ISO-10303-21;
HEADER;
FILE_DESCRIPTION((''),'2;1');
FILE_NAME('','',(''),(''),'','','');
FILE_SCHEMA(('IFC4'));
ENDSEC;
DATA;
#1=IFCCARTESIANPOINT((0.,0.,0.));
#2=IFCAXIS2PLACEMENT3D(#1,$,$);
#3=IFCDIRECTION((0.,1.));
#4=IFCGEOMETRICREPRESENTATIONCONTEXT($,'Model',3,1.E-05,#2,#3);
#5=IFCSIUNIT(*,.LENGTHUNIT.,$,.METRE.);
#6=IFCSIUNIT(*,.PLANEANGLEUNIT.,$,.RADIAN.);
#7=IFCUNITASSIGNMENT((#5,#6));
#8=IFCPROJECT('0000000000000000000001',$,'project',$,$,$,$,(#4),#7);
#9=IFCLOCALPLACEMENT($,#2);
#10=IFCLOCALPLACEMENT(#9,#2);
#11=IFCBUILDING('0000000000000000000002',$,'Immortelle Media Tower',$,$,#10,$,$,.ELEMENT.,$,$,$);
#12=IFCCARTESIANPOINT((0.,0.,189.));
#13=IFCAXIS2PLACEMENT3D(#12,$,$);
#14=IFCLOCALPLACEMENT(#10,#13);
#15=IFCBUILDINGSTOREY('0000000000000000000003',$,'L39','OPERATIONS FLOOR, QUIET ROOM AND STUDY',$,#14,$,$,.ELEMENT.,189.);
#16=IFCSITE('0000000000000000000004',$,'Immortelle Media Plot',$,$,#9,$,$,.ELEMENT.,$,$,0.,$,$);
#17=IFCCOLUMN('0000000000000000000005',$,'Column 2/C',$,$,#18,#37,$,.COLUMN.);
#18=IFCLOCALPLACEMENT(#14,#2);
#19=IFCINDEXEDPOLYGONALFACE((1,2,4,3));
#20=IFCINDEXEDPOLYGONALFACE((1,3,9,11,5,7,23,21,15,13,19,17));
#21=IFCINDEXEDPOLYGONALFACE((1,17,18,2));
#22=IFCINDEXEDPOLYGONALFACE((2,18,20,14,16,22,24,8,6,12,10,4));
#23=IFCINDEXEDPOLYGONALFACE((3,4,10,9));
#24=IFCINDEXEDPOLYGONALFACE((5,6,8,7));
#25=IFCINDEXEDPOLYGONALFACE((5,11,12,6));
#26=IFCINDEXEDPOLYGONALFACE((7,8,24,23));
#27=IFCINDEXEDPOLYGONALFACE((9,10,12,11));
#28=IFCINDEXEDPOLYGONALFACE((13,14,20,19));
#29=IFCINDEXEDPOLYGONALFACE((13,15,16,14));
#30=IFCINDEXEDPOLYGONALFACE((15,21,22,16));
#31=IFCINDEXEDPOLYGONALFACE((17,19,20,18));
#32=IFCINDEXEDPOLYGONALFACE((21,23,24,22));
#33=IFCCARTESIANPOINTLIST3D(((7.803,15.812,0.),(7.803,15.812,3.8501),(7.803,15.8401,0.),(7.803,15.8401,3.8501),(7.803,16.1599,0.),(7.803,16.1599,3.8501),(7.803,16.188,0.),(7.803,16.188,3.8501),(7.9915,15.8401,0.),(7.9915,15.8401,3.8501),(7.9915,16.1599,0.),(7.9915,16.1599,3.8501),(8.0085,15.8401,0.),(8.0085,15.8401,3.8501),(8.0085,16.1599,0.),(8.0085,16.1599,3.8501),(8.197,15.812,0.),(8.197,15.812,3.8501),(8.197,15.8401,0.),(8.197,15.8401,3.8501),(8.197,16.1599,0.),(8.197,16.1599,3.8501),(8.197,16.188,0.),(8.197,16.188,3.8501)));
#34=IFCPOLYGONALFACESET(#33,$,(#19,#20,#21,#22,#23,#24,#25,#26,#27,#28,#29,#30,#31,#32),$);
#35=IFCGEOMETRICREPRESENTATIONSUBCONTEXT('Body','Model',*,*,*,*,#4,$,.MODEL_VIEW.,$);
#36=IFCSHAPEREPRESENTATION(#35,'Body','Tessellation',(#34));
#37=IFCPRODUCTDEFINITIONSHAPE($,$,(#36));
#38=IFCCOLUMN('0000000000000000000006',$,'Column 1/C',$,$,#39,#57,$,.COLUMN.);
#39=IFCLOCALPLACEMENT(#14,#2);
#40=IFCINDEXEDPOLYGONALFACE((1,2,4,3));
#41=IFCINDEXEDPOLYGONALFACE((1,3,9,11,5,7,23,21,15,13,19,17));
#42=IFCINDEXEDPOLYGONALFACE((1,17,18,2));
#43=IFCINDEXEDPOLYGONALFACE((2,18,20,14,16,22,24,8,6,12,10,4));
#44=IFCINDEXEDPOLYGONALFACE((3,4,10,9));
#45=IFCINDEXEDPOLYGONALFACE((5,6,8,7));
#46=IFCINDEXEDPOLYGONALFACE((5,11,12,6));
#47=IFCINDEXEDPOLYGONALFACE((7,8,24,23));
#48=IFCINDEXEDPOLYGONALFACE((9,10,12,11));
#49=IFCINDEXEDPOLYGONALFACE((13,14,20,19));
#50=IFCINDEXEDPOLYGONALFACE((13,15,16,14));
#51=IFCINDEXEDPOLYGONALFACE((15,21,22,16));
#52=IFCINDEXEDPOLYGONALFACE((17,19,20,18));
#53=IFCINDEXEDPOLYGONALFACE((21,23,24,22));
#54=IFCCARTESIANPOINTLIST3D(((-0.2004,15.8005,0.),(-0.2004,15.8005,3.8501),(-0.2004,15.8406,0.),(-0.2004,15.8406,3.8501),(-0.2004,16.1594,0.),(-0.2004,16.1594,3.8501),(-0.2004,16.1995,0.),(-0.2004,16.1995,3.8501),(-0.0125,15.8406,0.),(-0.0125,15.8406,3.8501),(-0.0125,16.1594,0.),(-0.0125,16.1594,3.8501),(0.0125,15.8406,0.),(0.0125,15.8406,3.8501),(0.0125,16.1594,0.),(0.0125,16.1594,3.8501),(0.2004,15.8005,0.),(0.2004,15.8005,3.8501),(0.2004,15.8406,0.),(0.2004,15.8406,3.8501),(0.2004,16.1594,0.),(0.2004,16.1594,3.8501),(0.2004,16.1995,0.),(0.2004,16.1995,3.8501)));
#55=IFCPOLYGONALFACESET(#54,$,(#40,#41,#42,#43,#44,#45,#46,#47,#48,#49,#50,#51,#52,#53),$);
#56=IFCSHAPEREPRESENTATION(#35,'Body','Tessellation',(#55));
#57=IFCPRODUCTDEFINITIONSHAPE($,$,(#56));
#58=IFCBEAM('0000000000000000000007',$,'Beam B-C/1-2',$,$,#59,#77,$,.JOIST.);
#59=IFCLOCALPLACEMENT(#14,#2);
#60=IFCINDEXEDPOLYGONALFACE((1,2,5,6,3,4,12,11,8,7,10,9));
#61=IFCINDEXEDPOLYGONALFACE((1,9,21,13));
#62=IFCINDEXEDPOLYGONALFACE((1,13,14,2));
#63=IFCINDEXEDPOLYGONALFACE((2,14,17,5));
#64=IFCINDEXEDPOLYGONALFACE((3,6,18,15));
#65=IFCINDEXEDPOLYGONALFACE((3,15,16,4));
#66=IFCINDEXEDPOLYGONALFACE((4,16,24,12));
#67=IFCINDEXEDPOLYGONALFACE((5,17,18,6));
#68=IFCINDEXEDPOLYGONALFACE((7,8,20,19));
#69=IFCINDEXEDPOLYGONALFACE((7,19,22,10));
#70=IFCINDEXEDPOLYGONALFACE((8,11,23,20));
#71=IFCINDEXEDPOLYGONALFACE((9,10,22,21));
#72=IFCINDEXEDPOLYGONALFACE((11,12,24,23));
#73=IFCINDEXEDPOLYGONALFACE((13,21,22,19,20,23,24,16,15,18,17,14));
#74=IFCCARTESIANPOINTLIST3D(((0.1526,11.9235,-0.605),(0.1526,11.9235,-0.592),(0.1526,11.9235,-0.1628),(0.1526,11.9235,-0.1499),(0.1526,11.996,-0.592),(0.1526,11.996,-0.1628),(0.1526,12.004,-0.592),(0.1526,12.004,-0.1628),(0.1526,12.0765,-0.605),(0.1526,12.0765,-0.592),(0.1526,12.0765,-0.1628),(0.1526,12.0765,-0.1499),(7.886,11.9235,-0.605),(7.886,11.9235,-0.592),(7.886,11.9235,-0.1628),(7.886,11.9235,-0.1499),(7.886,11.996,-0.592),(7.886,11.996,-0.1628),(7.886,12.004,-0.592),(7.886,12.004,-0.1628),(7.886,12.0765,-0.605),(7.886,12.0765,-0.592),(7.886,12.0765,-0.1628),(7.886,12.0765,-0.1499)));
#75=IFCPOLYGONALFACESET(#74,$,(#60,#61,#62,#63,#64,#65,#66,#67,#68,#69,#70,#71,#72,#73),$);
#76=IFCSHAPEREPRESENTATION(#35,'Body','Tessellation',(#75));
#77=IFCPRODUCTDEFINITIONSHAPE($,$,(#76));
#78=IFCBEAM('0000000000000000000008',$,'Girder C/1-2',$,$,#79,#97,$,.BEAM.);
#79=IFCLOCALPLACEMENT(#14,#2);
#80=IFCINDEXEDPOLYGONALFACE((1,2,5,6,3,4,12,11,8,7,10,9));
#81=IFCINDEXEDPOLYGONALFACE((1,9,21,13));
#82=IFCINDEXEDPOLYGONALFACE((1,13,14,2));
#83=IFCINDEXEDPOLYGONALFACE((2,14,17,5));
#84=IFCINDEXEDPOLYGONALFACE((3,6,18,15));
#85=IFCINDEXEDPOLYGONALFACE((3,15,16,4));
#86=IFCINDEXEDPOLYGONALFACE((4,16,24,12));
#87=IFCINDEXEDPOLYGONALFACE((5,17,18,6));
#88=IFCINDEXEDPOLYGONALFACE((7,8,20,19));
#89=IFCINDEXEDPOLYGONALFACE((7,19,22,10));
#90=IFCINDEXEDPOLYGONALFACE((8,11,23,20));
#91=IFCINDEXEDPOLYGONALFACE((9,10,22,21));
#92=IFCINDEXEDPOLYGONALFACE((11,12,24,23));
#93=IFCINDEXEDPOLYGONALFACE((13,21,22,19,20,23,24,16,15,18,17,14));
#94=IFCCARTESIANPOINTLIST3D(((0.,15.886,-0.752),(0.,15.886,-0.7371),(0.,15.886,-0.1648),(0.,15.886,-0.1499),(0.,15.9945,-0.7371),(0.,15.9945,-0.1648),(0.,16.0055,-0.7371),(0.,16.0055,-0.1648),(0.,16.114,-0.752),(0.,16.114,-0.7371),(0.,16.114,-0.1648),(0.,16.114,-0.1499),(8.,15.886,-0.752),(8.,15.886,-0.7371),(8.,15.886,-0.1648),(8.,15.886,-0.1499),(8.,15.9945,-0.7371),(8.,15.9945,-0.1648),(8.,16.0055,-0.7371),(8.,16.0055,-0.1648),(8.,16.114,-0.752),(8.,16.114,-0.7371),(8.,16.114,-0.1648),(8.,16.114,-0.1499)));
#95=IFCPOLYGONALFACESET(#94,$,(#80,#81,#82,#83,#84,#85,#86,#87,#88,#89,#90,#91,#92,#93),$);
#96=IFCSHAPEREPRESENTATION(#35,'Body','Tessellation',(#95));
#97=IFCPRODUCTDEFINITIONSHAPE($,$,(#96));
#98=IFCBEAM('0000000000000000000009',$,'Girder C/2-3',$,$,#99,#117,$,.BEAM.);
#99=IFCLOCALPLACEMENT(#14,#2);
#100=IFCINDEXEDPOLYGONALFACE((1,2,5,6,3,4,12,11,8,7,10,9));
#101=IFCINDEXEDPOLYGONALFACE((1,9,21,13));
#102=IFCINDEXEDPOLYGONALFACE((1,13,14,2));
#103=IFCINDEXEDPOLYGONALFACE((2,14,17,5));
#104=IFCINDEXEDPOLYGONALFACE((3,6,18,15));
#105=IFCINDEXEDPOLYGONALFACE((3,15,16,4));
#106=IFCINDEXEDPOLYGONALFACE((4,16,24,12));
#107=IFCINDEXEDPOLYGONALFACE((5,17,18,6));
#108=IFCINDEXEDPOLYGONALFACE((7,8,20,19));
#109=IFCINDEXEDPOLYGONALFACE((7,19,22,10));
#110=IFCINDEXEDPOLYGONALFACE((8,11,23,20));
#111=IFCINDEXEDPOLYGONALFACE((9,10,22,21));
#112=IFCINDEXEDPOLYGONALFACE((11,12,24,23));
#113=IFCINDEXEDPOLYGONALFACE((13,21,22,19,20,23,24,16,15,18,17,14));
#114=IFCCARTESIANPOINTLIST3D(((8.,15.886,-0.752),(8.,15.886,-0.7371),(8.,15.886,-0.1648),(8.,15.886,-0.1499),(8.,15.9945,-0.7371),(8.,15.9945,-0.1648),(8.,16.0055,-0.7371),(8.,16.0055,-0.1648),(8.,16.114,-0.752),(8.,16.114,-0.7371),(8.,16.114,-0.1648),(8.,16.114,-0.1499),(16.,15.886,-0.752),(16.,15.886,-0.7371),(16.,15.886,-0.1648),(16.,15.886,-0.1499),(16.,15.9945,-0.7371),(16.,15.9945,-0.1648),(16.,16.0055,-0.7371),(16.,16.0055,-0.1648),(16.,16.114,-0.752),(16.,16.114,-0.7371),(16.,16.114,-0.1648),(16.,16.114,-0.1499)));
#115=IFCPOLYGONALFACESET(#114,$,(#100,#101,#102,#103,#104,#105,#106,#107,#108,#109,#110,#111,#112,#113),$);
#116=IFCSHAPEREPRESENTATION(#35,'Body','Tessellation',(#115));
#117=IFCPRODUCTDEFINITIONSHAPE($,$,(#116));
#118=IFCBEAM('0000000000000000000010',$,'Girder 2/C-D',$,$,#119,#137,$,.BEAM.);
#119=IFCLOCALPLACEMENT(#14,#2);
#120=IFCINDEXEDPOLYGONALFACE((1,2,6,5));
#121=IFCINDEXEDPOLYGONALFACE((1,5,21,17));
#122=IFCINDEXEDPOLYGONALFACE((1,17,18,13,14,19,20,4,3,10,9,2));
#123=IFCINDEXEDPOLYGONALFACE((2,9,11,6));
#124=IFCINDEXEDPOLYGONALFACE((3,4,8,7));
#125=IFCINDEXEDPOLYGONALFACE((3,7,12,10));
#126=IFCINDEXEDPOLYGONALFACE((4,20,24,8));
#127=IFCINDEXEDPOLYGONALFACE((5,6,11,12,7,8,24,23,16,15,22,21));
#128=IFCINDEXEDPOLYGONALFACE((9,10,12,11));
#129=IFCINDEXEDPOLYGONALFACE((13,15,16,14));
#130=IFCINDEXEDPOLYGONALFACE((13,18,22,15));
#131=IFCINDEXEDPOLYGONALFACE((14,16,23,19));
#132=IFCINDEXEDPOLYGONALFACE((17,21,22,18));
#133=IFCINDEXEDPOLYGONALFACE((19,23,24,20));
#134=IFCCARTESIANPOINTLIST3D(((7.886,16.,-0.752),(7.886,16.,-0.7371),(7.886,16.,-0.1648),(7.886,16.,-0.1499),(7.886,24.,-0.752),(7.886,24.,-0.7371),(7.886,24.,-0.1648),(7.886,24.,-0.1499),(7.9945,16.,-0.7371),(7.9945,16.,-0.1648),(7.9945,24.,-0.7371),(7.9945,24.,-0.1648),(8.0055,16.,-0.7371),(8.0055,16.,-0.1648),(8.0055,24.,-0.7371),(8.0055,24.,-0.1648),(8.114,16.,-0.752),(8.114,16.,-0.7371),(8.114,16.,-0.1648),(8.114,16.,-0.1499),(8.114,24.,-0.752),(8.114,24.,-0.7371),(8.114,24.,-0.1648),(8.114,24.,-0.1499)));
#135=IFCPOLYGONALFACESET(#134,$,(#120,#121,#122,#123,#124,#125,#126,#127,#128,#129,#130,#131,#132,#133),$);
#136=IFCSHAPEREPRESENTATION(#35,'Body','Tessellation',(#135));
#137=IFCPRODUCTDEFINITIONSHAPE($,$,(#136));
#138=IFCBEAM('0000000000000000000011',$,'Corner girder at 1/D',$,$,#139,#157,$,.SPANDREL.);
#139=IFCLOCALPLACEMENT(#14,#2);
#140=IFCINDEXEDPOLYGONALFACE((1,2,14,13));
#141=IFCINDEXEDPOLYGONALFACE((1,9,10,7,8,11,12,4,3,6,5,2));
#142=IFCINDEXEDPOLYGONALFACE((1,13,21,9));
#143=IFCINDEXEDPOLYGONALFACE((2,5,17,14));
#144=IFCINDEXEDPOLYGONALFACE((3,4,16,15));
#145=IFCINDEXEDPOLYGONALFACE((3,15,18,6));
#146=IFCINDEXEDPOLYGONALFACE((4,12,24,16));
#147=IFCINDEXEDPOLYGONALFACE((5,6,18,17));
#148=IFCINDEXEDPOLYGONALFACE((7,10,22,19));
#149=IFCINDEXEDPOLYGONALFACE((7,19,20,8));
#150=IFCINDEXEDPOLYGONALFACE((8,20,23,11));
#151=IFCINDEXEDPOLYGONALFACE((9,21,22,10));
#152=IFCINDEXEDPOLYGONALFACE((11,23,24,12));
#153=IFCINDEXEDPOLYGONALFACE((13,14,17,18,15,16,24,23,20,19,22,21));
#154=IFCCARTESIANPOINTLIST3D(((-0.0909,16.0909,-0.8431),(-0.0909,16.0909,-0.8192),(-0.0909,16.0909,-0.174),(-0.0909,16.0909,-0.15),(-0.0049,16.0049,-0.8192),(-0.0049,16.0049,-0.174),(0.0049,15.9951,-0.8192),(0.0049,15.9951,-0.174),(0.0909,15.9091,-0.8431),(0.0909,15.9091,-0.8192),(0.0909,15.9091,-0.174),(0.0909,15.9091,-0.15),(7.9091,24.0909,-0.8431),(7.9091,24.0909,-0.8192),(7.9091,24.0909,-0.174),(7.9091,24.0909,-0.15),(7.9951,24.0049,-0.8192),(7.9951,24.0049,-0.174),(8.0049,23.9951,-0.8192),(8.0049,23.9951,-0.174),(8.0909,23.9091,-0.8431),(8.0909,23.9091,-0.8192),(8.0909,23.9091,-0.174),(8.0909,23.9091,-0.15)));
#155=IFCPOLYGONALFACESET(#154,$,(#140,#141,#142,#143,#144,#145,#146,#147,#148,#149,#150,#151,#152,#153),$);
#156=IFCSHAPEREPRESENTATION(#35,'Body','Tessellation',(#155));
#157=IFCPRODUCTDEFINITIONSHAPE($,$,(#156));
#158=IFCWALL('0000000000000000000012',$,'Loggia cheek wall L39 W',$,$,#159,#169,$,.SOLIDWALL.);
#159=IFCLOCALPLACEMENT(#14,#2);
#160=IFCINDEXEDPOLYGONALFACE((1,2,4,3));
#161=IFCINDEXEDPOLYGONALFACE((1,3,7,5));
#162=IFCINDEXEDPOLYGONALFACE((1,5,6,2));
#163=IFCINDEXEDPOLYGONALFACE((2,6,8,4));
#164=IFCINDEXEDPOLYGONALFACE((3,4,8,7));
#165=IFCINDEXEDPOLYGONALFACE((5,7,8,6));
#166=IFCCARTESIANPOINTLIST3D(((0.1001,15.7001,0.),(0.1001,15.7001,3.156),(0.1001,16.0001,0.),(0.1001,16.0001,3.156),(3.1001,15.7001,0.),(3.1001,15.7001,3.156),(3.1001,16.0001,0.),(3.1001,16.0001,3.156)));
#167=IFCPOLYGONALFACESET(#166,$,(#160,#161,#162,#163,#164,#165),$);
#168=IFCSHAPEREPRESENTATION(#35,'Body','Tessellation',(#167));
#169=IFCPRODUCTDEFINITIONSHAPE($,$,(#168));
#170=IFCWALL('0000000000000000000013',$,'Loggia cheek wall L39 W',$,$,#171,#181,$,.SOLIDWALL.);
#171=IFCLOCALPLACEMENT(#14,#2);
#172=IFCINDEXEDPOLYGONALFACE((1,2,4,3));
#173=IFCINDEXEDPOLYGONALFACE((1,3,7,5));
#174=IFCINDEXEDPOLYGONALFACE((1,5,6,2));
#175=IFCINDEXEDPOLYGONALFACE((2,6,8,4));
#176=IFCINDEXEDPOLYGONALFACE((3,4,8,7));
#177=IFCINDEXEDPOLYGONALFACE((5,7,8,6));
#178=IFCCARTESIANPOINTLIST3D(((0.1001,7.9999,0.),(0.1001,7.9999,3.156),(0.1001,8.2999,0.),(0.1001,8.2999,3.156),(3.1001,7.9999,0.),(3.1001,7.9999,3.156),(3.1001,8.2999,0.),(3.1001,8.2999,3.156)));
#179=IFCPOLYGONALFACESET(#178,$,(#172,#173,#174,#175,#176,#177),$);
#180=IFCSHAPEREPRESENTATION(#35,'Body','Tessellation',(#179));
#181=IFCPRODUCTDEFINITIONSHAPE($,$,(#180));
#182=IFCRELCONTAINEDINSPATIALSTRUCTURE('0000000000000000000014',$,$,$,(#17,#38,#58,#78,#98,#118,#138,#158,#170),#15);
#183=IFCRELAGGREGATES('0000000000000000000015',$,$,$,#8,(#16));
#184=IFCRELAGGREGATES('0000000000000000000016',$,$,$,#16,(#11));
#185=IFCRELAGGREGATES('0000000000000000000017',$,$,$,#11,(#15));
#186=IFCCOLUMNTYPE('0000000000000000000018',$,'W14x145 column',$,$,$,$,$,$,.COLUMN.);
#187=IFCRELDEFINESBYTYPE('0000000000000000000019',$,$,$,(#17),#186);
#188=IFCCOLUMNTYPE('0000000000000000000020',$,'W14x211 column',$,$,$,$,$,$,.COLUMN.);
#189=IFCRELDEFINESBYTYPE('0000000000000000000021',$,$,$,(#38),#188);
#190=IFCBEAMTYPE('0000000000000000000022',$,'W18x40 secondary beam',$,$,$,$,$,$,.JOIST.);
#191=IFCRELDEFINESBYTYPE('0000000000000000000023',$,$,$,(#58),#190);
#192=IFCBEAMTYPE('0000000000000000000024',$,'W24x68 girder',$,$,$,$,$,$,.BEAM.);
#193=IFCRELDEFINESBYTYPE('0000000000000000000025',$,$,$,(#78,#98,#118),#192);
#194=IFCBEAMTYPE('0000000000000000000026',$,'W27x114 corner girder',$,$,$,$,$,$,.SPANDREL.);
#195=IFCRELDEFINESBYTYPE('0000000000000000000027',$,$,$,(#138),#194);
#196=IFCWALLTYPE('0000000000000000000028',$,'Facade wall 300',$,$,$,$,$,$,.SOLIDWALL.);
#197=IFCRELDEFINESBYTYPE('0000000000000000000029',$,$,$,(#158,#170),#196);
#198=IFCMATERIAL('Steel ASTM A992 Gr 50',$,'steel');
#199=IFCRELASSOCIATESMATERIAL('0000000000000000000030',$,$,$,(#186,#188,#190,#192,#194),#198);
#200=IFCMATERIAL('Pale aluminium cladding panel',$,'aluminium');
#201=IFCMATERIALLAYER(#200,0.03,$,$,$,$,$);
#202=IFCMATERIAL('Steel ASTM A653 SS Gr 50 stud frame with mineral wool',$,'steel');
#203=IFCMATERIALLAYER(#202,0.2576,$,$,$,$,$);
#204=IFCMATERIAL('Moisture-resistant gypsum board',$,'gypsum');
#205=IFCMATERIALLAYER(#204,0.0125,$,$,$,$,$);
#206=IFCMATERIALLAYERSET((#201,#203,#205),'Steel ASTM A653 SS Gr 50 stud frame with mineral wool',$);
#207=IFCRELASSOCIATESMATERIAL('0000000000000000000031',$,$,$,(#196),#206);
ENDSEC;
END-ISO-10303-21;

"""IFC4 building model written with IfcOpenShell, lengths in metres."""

from ifc_helpers import new_model, si_unit, direction, frame, frame_2d, origin, origin_2d, place, context, subcontext, project, spatial, rectangle, i_section, extrude, material, layer, layer_set, material_profile, profile_set, type_object, element, save


model = new_model("IFC4")

# Units and contexts
model_context = context("Model", 3, precision=1e-05, world=origin(), true_north=direction((0.0, 1.0)))
body_context = subcontext(model_context, "Body", "Model", "MODEL_VIEW")
ifc_project = project(units=[si_unit("LENGTHUNIT", "METRE"), si_unit("PLANEANGLEUNIT", "RADIAN")], contexts=[model_context])

# Site, building, storey
site_placement = place(None, origin())
site = spatial("IfcSite", under=ifc_project, at=site_placement, Name="Immortelle Media Plot", CompositionType="ELEMENT", RefElevation=0.0)
building_placement = place(site_placement, origin())
building = spatial("IfcBuilding", under=site, at=building_placement, Name="Immortelle Media Tower", CompositionType="ELEMENT")
storey_placement = place(building_placement, frame((0.0, 0.0, 189.0)))
storey = spatial("IfcBuildingStorey", under=building, at=storey_placement, Name="L39", Description="OPERATIONS FLOOR, QUIET ROOM AND STUDY", CompositionType="ELEMENT", Elevation=189.0)

# Columns
ifc_material_1 = material(Name="Steel ASTM A992 Gr 50", Category="steel")
ifc_material_profile_1 = material_profile(ifc_material_1, i_section(OverallWidth=0.394, OverallDepth=0.376, WebThickness=0.0171, FlangeThickness=0.0281, at=origin_2d()), Name="W14x145")
ifc_profile_set_1 = profile_set([ifc_material_profile_1], Name="Steel ASTM A992 Gr 50")
column_type_1 = type_object("IfcColumnType", Name="W14x145 column", PredefinedType="COLUMN", material=ifc_profile_set_1)
column_1_placement = place(storey_placement, frame((8.0, 16.0, 0.0), z_axis=(0.0, 0.0, 1.0), x_axis=(1.0, 0.0, 0.0)))
element("IfcColumn", 1, at=column_1_placement, inside=storey, type_object=column_type_1, Name="Column 2/C", PredefinedType="COLUMN", context=body_context, shape_type="SweptSolid", body=[
    extrude(i_section(OverallWidth=0.394, OverallDepth=0.376, WebThickness=0.0171, FlangeThickness=0.0281, at=origin_2d()), origin(), (0.0, 0.0, 1.0), 3.8501),
])
ifc_material_profile_2 = material_profile(ifc_material_1, i_section(OverallWidth=0.4009, OverallDepth=0.3989, WebThickness=0.0249, FlangeThickness=0.04, at=origin_2d()), Name="W14x211")
ifc_profile_set_2 = profile_set([ifc_material_profile_2], Name="Steel ASTM A992 Gr 50")
column_type_2 = type_object("IfcColumnType", Name="W14x211 column", PredefinedType="COLUMN", material=ifc_profile_set_2)
column_2_placement = place(storey_placement, frame((0.0, 16.0, 0.0), z_axis=(0.0, 0.0, 1.0), x_axis=(1.0, 0.0, 0.0)))
element("IfcColumn", 2, at=column_2_placement, inside=storey, type_object=column_type_2, Name="Column 1/C", PredefinedType="COLUMN", context=body_context, shape_type="SweptSolid", body=[
    extrude(i_section(OverallWidth=0.4009, OverallDepth=0.3989, WebThickness=0.0249, FlangeThickness=0.04, at=origin_2d()), origin(), (0.0, 0.0, 1.0), 3.8501),
])

# Beams
ifc_material_profile_3 = material_profile(ifc_material_1, i_section(OverallWidth=0.1531, OverallDepth=0.4551, WebThickness=0.0081, FlangeThickness=0.0129, at=origin_2d()), Name="W18x40")
ifc_profile_set_3 = profile_set([ifc_material_profile_3], Name="Steel ASTM A992 Gr 50")
beam_type_1 = type_object("IfcBeamType", Name="W18x40 secondary beam", PredefinedType="JOIST", material=ifc_profile_set_3)
beam_1_placement = place(storey_placement, frame((0.1526, 12.0, -0.3774), z_axis=(1.0, 0.0, 0.0), x_axis=(0.0, 1.0, 0.0)))
element("IfcBeam", 3, at=beam_1_placement, inside=storey, type_object=beam_type_1, Name="Beam B-C/1-2", PredefinedType="JOIST", context=body_context, shape_type="SweptSolid", body=[
    extrude(i_section(OverallWidth=0.1531, OverallDepth=0.4551, WebThickness=0.0081, FlangeThickness=0.0129, at=origin_2d()), origin(), (0.0, 0.0, 1.0), 7.7334),
])
ifc_material_profile_4 = material_profile(ifc_material_1, i_section(OverallWidth=0.228, OverallDepth=0.6021, WebThickness=0.011, FlangeThickness=0.0149, at=origin_2d()), Name="W24x68")
ifc_profile_set_4 = profile_set([ifc_material_profile_4], Name="Steel ASTM A992 Gr 50")
beam_type_2 = type_object("IfcBeamType", Name="W24x68 girder", PredefinedType="BEAM", material=ifc_profile_set_4)
for number, where, z_axis, x_axis, name in (
    (4, (0.0, 16.0, -0.4509), (1.0, 0.0, 0.0), (0.0, 1.0, 0.0), "Girder C/1-2"),
    (5, (8.0, 16.0, -0.4509), (1.0, 0.0, 0.0), (0.0, 1.0, 0.0), "Girder C/2-3"),
    (6, (8.0, 16.0, -0.4509), (0.0, 1.0, 0.0), (-1.0, 0.0, 0.0), "Girder 2/C-D"),
):
    element("IfcBeam", number, at=place(storey_placement, frame(where, z_axis=z_axis, x_axis=x_axis)), inside=storey, type_object=beam_type_2, Name=name, PredefinedType="BEAM", context=body_context, shape_type="SweptSolid", body=[
        extrude(i_section(OverallWidth=0.228, OverallDepth=0.6021, WebThickness=0.011, FlangeThickness=0.0149, at=origin_2d()), origin(), (0.0, 0.0, 1.0), 8.0),
    ])
ifc_material_profile_5 = material_profile(ifc_material_1, i_section(OverallWidth=0.2571, OverallDepth=0.6931, WebThickness=0.0139, FlangeThickness=0.0239, at=origin_2d()), Name="W27x114")
ifc_profile_set_5 = profile_set([ifc_material_profile_5], Name="Steel ASTM A992 Gr 50")
beam_type_3 = type_object("IfcBeamType", Name="W27x114 corner girder", PredefinedType="SPANDREL", material=ifc_profile_set_5)
beam_2_placement = place(storey_placement, frame((0.0, 16.0, -0.4966), z_axis=(0.707107, 0.707107, 0.0), x_axis=(-0.707107, 0.707107, 0.0)))
element("IfcBeam", 7, at=beam_2_placement, inside=storey, type_object=beam_type_3, Name="Corner girder at 1/D", PredefinedType="SPANDREL", context=body_context, shape_type="SweptSolid", body=[
    extrude(i_section(OverallWidth=0.2571, OverallDepth=0.6931, WebThickness=0.0139, FlangeThickness=0.0239, at=origin_2d()), origin(), (0.0, 0.0, 1.0), 11.3137),
])

# Shared definitions
ifc_material_2 = material(Name="Pale aluminium cladding panel", Category="aluminium")
ifc_layer_1 = layer(ifc_material_2, 0.03)
ifc_material_3 = material(Name="Steel ASTM A653 SS Gr 50 stud frame with mineral wool", Category="steel")
ifc_layer_2 = layer(ifc_material_3, 0.2576)
ifc_material_4 = material(Name="Moisture-resistant gypsum board", Category="gypsum")
ifc_layer_3 = layer(ifc_material_4, 0.0125)
ifc_layer_set_1 = layer_set([ifc_layer_1, ifc_layer_2, ifc_layer_3], Name="Steel ASTM A653 SS Gr 50 stud frame with mineral wool")
wall_type_1 = type_object("IfcWallType", Name="Facade wall 300", PredefinedType="SOLIDWALL", material=ifc_layer_set_1)

# Walls
for number, where, z_axis, x_axis, name in (
    (8, (0.1001, 15.8501, 0.0), (0.0, 0.0, 1.0), (1.0, 0.0, 0.0), "Loggia cheek wall L39 W"),
    (9, (0.1001, 8.1499, 0.0), (0.0, 0.0, 1.0), (1.0, 0.0, 0.0), "Loggia cheek wall L39 W"),
):
    element("IfcWall", number, at=place(storey_placement, frame(where, z_axis=z_axis, x_axis=x_axis)), inside=storey, type_object=wall_type_1, Name=name, PredefinedType="SOLIDWALL", context=body_context, shape_type="SweptSolid", body=[
        extrude(rectangle(XDim=3.0, YDim=0.3, at=frame_2d((1.5, 0.0))), origin(), (0.0, 0.0, 1.0), 3.156),
    ])

save(model, "model.ifc")
